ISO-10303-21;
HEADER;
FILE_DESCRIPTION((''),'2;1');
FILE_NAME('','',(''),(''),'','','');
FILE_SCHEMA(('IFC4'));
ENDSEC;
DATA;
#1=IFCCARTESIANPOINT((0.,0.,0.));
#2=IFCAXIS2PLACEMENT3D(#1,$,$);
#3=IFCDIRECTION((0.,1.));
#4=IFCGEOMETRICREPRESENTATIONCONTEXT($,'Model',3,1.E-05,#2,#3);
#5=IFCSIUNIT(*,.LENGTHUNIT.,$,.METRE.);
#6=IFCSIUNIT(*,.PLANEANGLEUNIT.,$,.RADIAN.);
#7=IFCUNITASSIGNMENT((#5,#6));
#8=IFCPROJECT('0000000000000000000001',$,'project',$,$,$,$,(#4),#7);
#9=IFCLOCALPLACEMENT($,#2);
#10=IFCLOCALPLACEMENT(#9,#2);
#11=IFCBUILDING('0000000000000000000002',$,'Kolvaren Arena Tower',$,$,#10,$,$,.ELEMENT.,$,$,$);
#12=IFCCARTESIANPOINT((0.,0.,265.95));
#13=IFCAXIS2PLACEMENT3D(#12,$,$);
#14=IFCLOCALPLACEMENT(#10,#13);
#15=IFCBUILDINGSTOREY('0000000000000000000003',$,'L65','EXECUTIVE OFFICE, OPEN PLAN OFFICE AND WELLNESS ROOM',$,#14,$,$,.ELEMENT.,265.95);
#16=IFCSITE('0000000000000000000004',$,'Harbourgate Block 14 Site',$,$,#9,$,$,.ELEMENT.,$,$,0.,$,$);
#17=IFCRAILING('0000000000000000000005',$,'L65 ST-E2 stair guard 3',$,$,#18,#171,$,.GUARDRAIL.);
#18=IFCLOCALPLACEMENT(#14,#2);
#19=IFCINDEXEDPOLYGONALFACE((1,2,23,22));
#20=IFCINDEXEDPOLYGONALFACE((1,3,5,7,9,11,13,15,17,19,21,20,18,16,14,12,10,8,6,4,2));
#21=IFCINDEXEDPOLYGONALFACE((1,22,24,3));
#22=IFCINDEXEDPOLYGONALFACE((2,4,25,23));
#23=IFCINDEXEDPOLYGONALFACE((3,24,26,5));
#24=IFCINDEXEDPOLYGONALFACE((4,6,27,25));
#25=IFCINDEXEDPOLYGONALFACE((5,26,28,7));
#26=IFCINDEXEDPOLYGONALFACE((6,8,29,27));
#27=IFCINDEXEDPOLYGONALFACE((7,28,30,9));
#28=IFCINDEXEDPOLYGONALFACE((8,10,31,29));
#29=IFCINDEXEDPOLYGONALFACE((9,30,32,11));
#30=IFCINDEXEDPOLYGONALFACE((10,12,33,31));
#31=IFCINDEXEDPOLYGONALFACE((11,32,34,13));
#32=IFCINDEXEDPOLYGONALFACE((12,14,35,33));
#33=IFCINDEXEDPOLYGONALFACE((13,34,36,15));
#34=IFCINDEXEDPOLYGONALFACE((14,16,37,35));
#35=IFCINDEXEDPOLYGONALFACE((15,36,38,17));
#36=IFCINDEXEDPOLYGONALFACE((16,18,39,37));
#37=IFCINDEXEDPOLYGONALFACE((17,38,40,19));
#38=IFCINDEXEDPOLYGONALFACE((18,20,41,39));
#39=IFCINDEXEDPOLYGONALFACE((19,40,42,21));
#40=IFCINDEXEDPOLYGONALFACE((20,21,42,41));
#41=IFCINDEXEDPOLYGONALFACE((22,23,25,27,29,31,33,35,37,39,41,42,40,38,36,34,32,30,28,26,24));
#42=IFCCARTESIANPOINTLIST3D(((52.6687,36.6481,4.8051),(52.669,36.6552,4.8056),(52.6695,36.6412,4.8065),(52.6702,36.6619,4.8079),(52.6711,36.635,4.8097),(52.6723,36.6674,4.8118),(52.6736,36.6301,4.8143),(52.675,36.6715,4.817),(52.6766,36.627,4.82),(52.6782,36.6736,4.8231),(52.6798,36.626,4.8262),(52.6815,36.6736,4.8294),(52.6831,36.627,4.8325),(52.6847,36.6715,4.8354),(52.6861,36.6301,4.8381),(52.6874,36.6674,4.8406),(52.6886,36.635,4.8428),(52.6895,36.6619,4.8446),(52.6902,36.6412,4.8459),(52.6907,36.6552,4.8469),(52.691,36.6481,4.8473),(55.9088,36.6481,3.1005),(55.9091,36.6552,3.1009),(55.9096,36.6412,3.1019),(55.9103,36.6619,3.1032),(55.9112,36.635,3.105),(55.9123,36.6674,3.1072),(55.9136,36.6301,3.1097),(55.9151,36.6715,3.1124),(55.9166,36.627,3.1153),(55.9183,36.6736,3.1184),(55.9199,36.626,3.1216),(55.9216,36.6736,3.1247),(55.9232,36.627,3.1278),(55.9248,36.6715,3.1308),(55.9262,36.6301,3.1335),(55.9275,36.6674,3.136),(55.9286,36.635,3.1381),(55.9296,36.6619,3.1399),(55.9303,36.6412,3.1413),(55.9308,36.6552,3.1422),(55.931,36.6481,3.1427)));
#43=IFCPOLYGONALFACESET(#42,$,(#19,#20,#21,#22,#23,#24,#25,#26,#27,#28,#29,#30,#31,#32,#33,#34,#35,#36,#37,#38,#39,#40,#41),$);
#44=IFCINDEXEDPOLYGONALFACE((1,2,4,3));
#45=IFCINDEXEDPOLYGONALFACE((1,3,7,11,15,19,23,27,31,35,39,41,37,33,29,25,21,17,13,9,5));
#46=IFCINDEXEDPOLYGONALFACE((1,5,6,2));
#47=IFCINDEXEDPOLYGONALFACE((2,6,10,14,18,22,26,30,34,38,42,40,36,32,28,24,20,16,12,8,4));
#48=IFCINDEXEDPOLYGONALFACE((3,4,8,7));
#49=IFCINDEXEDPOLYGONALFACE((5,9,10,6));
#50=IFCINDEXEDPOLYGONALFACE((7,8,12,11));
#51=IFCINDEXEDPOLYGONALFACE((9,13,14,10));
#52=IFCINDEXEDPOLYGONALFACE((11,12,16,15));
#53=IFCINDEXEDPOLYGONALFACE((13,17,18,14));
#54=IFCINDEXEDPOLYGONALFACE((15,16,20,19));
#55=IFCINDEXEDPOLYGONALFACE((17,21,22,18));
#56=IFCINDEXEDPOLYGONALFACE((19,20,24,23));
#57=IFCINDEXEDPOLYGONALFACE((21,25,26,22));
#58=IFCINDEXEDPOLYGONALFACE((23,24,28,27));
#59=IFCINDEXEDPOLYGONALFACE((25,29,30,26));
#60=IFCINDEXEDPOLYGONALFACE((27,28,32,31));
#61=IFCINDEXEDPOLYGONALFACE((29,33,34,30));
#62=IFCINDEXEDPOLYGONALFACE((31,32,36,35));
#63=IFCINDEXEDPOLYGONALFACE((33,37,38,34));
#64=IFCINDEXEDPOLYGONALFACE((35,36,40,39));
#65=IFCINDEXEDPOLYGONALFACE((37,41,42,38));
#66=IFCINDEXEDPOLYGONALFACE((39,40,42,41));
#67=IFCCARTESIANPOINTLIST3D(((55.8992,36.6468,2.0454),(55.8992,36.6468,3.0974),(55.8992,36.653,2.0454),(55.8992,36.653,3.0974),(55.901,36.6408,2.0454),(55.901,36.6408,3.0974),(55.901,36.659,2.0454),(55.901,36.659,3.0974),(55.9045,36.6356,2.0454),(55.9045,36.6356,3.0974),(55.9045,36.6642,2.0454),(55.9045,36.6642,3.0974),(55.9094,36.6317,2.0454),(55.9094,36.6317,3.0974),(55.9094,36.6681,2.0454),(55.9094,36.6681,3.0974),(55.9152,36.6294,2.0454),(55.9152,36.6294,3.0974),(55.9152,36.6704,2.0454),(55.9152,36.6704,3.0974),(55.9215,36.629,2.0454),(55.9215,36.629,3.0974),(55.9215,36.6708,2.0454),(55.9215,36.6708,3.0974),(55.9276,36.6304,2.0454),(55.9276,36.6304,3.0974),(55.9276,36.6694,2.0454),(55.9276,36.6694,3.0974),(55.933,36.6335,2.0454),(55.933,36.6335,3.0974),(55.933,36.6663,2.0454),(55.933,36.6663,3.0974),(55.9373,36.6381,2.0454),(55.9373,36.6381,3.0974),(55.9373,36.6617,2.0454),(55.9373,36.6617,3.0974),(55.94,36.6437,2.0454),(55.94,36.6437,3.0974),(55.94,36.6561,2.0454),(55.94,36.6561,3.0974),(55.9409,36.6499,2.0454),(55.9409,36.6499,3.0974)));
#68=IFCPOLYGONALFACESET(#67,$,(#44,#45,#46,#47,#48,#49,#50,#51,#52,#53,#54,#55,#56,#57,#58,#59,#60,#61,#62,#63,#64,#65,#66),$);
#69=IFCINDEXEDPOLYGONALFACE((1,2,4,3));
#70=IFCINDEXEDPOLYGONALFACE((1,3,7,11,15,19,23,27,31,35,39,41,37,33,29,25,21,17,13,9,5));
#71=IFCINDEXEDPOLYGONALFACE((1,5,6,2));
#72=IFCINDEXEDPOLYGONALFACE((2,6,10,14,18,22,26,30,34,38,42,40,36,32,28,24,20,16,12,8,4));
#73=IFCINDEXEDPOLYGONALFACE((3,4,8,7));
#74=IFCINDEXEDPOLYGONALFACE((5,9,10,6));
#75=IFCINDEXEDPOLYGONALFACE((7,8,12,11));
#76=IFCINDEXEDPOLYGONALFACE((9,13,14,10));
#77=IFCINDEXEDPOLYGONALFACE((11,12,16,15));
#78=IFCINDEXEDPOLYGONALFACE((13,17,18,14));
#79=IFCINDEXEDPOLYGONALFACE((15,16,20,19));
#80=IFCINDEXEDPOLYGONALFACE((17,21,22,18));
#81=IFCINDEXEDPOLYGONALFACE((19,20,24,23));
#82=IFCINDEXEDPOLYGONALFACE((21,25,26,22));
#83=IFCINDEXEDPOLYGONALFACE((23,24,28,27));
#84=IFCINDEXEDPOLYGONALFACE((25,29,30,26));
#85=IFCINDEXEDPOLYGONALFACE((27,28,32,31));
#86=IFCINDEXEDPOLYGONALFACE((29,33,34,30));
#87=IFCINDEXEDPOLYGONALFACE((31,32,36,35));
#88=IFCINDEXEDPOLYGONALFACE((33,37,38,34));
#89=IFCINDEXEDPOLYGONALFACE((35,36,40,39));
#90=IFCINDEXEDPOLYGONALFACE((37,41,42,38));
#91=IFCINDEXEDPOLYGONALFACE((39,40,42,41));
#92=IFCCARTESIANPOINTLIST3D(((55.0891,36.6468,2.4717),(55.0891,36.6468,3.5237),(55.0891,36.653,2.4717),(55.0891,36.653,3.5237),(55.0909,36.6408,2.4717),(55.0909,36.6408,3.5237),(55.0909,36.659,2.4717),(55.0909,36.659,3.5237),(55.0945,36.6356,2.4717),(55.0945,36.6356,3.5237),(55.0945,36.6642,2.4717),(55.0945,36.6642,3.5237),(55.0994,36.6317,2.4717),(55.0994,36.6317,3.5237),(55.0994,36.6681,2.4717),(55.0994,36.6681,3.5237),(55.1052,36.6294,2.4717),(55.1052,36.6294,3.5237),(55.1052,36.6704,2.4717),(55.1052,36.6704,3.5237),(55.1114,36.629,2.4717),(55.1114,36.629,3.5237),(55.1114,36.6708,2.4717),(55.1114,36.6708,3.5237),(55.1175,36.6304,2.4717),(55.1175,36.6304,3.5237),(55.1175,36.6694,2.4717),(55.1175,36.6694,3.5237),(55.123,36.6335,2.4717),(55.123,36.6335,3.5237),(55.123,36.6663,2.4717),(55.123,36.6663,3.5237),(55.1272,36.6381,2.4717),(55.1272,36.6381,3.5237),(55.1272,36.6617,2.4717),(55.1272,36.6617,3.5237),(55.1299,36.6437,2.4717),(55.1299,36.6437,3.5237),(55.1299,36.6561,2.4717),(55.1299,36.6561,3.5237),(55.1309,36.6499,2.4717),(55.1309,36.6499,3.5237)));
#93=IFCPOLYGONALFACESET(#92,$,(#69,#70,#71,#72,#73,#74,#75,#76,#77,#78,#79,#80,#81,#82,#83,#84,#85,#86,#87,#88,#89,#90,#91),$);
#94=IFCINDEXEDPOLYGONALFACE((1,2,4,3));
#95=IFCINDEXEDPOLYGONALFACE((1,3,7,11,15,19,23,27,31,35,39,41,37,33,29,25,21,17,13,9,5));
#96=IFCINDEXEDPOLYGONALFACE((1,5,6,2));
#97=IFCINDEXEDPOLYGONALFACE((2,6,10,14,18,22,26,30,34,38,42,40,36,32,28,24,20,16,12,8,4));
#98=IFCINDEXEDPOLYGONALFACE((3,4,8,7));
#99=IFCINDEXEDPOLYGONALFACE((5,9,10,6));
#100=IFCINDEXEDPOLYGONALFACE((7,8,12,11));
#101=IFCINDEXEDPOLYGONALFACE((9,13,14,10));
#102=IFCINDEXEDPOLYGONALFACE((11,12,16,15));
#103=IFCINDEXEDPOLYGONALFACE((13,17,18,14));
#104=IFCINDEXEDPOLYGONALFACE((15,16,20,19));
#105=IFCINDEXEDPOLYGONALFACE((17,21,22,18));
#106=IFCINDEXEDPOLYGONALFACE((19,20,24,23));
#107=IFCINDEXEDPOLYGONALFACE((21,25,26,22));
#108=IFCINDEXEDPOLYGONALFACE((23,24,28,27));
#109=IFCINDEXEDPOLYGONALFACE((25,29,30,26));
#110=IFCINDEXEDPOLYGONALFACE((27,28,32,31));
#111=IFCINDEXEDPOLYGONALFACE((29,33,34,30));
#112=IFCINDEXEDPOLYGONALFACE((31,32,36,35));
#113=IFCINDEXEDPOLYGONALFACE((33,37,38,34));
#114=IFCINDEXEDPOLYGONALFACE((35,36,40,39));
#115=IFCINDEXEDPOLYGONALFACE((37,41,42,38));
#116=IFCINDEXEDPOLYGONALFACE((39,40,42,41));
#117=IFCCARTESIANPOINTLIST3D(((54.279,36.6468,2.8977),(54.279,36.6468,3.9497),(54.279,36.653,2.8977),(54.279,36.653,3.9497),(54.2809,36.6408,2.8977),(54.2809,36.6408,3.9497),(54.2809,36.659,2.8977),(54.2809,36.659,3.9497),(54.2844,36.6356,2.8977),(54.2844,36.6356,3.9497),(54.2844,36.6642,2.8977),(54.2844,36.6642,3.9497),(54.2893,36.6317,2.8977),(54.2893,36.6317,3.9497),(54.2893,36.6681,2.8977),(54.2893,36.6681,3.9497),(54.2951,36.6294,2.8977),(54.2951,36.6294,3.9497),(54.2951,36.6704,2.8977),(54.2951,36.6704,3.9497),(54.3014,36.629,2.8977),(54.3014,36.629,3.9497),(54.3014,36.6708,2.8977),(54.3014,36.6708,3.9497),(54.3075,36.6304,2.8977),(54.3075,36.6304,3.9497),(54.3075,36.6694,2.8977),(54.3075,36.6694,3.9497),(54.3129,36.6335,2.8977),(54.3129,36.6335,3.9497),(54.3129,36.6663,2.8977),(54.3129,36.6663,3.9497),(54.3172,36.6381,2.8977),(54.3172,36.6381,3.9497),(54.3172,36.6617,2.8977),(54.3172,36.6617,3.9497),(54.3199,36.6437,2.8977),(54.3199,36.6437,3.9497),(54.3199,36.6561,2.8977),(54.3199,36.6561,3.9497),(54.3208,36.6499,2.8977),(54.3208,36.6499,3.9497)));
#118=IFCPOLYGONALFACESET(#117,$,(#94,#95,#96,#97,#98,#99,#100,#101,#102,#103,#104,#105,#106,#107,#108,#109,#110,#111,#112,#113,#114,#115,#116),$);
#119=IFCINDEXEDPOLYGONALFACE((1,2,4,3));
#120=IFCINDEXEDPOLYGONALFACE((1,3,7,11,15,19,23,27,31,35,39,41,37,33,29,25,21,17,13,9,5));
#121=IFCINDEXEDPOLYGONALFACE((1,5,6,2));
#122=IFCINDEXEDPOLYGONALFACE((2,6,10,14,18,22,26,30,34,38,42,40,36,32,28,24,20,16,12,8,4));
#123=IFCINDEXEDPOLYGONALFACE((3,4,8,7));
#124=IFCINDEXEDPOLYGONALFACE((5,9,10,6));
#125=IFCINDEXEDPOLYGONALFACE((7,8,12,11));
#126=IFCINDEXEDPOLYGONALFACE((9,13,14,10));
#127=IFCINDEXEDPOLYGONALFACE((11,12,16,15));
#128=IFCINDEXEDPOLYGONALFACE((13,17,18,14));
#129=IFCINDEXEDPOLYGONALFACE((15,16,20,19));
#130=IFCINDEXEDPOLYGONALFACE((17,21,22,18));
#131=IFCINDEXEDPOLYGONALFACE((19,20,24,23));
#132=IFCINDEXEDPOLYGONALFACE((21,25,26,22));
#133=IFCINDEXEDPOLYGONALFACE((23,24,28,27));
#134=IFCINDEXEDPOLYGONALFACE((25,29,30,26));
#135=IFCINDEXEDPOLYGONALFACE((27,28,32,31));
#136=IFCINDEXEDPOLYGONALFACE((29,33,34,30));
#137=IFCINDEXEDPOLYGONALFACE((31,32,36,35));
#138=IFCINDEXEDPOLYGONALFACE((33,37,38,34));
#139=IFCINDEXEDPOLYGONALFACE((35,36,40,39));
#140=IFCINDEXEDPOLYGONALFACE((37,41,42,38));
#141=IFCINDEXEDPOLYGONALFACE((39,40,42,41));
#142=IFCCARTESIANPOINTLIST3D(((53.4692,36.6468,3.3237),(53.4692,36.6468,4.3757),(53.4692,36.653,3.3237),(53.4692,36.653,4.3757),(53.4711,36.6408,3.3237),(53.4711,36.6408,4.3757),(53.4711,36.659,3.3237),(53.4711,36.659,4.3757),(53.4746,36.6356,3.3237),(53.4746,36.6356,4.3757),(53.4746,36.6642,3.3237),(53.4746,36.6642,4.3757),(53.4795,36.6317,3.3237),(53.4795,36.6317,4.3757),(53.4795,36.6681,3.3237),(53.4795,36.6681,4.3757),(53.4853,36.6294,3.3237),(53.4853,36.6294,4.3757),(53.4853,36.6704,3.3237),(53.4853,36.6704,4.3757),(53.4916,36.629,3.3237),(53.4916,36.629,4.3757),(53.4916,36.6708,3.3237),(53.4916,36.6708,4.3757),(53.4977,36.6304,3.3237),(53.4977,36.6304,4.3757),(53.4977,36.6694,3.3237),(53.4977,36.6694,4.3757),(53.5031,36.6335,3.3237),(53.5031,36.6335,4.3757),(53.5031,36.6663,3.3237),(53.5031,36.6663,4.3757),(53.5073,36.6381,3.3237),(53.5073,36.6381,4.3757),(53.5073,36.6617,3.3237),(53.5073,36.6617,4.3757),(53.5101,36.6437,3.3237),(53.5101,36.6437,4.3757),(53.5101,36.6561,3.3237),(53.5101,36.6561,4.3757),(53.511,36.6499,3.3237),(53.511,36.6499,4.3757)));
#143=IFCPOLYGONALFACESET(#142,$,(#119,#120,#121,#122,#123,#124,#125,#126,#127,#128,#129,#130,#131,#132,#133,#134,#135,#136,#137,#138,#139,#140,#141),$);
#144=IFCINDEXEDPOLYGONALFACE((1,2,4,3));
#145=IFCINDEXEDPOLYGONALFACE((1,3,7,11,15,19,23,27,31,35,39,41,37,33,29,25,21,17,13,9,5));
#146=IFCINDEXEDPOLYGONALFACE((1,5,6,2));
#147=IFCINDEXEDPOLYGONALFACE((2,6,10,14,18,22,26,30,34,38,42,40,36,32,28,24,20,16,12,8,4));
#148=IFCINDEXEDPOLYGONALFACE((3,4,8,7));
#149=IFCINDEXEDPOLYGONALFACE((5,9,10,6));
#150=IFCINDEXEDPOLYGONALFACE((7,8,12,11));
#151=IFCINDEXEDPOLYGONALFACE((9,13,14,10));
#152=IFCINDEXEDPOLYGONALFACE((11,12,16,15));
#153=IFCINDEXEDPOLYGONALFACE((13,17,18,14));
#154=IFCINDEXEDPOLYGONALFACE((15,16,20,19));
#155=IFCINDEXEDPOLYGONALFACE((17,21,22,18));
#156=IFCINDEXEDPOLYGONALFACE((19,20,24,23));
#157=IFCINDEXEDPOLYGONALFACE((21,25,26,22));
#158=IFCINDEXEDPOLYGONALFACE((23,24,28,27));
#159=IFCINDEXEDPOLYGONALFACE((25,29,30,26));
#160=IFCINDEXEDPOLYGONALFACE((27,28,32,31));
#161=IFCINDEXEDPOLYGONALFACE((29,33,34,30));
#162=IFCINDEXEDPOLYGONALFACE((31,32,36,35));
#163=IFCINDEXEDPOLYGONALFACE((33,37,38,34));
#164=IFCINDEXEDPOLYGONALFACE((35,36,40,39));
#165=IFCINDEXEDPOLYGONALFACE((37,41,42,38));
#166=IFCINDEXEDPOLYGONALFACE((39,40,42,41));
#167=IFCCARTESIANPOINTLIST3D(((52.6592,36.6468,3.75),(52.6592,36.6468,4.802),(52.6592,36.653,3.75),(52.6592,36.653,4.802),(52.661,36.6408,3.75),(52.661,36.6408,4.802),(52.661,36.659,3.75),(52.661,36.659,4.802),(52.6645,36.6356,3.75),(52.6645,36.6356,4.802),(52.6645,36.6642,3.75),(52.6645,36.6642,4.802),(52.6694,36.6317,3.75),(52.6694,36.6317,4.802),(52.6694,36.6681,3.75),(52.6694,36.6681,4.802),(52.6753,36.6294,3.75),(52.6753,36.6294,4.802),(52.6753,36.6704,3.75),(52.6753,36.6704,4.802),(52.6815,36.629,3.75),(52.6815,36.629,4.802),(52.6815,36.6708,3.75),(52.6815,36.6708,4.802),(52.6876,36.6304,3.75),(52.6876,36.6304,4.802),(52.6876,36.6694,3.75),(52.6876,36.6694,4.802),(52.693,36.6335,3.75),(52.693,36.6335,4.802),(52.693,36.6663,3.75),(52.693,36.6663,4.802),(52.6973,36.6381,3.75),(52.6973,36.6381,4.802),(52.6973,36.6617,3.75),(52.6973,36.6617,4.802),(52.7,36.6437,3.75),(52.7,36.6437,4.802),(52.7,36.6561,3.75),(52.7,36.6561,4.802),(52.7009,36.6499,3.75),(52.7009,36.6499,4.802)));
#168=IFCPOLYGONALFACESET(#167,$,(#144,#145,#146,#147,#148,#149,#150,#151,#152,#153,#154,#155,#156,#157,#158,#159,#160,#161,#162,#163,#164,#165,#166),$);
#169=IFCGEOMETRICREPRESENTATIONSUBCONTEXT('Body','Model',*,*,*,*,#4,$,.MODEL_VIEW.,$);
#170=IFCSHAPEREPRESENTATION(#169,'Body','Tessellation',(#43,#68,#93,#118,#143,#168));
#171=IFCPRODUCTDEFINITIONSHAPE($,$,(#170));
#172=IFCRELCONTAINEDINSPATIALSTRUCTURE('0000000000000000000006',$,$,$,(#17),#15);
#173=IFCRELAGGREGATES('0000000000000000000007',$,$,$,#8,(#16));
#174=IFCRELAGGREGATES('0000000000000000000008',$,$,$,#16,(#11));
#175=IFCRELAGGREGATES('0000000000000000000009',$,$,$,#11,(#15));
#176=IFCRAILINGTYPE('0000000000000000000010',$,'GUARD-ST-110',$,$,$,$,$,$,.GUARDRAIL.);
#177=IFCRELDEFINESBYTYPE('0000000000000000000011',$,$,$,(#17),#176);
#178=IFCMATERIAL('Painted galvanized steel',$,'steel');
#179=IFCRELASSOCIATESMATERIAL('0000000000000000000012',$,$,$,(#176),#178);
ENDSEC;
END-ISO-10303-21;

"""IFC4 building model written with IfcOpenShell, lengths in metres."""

from ifc_helpers import new_model, si_unit, direction, frame, origin, origin_2d, place, context, subcontext, project, spatial, circle, extrude, material, type_object, element, save


model = new_model("IFC4")

# Units and contexts
model_context = context("Model", 3, precision=1e-05, world=origin(), true_north=direction((0.0, 1.0)))
body_context = subcontext(model_context, "Body", "Model", "MODEL_VIEW")
ifc_project = project(units=[si_unit("LENGTHUNIT", "METRE"), si_unit("PLANEANGLEUNIT", "RADIAN")], contexts=[model_context])

# Site, building, storey
site_placement = place(None, origin())
site = spatial("IfcSite", under=ifc_project, at=site_placement, Name="Harbourgate Block 14 Site", CompositionType="ELEMENT", RefElevation=0.0)
building_placement = place(site_placement, origin())
building = spatial("IfcBuilding", under=site, at=building_placement, Name="Kolvaren Arena Tower", CompositionType="ELEMENT")
storey_placement = place(building_placement, frame((0.0, 0.0, 265.95)))
storey = spatial("IfcBuildingStorey", under=building, at=storey_placement, Name="L65", Description="EXECUTIVE OFFICE, OPEN PLAN OFFICE AND WELLNESS ROOM", CompositionType="ELEMENT", Elevation=265.95)

# Railing
ifc_material_1 = material(Name="Painted galvanized steel", Category="steel")
railing_type_1 = type_object("IfcRailingType", Name="GUARD-ST-110", PredefinedType="GUARDRAIL", material=ifc_material_1)
railing_1_placement = place(storey_placement, frame((55.9199, 36.6499, 2.0454)))
element("IfcRailing", 1, at=railing_1_placement, inside=storey, type_object=railing_type_1, Name="L65 ST-E2 stair guard 3", PredefinedType="GUARDRAIL", context=body_context, shape_type="SweptSolid", body=[
    extrude(circle(Radius=0.0239, at=origin_2d()), frame((0.0, 0.0, 1.0762), z_axis=(-0.884993, 0.0, 0.465604), x_axis=(0.0, -1.0, 0.0)), (0.0, 0.0, 1.0), 3.6611),
    extrude(circle(Radius=0.021, at=origin_2d()), origin(), (0.0, 0.0, 1.0), 1.052),
    extrude(circle(Radius=0.021, at=origin_2d()), frame((-0.8101, 0.0, 0.4263)), (0.0, 0.0, 1.0), 1.052),
    extrude(circle(Radius=0.021, at=origin_2d()), frame((-1.6201, 0.0, 0.8523)), (0.0, 0.0, 1.0), 1.052),
    extrude(circle(Radius=0.021, at=origin_2d()), frame((-2.4299, 0.0, 1.2783)), (0.0, 0.0, 1.0), 1.052),
    extrude(circle(Radius=0.021, at=origin_2d()), frame((-3.24, 0.0, 1.7046)), (0.0, 0.0, 1.0), 1.052),
])

save(model, "model.ifc")
